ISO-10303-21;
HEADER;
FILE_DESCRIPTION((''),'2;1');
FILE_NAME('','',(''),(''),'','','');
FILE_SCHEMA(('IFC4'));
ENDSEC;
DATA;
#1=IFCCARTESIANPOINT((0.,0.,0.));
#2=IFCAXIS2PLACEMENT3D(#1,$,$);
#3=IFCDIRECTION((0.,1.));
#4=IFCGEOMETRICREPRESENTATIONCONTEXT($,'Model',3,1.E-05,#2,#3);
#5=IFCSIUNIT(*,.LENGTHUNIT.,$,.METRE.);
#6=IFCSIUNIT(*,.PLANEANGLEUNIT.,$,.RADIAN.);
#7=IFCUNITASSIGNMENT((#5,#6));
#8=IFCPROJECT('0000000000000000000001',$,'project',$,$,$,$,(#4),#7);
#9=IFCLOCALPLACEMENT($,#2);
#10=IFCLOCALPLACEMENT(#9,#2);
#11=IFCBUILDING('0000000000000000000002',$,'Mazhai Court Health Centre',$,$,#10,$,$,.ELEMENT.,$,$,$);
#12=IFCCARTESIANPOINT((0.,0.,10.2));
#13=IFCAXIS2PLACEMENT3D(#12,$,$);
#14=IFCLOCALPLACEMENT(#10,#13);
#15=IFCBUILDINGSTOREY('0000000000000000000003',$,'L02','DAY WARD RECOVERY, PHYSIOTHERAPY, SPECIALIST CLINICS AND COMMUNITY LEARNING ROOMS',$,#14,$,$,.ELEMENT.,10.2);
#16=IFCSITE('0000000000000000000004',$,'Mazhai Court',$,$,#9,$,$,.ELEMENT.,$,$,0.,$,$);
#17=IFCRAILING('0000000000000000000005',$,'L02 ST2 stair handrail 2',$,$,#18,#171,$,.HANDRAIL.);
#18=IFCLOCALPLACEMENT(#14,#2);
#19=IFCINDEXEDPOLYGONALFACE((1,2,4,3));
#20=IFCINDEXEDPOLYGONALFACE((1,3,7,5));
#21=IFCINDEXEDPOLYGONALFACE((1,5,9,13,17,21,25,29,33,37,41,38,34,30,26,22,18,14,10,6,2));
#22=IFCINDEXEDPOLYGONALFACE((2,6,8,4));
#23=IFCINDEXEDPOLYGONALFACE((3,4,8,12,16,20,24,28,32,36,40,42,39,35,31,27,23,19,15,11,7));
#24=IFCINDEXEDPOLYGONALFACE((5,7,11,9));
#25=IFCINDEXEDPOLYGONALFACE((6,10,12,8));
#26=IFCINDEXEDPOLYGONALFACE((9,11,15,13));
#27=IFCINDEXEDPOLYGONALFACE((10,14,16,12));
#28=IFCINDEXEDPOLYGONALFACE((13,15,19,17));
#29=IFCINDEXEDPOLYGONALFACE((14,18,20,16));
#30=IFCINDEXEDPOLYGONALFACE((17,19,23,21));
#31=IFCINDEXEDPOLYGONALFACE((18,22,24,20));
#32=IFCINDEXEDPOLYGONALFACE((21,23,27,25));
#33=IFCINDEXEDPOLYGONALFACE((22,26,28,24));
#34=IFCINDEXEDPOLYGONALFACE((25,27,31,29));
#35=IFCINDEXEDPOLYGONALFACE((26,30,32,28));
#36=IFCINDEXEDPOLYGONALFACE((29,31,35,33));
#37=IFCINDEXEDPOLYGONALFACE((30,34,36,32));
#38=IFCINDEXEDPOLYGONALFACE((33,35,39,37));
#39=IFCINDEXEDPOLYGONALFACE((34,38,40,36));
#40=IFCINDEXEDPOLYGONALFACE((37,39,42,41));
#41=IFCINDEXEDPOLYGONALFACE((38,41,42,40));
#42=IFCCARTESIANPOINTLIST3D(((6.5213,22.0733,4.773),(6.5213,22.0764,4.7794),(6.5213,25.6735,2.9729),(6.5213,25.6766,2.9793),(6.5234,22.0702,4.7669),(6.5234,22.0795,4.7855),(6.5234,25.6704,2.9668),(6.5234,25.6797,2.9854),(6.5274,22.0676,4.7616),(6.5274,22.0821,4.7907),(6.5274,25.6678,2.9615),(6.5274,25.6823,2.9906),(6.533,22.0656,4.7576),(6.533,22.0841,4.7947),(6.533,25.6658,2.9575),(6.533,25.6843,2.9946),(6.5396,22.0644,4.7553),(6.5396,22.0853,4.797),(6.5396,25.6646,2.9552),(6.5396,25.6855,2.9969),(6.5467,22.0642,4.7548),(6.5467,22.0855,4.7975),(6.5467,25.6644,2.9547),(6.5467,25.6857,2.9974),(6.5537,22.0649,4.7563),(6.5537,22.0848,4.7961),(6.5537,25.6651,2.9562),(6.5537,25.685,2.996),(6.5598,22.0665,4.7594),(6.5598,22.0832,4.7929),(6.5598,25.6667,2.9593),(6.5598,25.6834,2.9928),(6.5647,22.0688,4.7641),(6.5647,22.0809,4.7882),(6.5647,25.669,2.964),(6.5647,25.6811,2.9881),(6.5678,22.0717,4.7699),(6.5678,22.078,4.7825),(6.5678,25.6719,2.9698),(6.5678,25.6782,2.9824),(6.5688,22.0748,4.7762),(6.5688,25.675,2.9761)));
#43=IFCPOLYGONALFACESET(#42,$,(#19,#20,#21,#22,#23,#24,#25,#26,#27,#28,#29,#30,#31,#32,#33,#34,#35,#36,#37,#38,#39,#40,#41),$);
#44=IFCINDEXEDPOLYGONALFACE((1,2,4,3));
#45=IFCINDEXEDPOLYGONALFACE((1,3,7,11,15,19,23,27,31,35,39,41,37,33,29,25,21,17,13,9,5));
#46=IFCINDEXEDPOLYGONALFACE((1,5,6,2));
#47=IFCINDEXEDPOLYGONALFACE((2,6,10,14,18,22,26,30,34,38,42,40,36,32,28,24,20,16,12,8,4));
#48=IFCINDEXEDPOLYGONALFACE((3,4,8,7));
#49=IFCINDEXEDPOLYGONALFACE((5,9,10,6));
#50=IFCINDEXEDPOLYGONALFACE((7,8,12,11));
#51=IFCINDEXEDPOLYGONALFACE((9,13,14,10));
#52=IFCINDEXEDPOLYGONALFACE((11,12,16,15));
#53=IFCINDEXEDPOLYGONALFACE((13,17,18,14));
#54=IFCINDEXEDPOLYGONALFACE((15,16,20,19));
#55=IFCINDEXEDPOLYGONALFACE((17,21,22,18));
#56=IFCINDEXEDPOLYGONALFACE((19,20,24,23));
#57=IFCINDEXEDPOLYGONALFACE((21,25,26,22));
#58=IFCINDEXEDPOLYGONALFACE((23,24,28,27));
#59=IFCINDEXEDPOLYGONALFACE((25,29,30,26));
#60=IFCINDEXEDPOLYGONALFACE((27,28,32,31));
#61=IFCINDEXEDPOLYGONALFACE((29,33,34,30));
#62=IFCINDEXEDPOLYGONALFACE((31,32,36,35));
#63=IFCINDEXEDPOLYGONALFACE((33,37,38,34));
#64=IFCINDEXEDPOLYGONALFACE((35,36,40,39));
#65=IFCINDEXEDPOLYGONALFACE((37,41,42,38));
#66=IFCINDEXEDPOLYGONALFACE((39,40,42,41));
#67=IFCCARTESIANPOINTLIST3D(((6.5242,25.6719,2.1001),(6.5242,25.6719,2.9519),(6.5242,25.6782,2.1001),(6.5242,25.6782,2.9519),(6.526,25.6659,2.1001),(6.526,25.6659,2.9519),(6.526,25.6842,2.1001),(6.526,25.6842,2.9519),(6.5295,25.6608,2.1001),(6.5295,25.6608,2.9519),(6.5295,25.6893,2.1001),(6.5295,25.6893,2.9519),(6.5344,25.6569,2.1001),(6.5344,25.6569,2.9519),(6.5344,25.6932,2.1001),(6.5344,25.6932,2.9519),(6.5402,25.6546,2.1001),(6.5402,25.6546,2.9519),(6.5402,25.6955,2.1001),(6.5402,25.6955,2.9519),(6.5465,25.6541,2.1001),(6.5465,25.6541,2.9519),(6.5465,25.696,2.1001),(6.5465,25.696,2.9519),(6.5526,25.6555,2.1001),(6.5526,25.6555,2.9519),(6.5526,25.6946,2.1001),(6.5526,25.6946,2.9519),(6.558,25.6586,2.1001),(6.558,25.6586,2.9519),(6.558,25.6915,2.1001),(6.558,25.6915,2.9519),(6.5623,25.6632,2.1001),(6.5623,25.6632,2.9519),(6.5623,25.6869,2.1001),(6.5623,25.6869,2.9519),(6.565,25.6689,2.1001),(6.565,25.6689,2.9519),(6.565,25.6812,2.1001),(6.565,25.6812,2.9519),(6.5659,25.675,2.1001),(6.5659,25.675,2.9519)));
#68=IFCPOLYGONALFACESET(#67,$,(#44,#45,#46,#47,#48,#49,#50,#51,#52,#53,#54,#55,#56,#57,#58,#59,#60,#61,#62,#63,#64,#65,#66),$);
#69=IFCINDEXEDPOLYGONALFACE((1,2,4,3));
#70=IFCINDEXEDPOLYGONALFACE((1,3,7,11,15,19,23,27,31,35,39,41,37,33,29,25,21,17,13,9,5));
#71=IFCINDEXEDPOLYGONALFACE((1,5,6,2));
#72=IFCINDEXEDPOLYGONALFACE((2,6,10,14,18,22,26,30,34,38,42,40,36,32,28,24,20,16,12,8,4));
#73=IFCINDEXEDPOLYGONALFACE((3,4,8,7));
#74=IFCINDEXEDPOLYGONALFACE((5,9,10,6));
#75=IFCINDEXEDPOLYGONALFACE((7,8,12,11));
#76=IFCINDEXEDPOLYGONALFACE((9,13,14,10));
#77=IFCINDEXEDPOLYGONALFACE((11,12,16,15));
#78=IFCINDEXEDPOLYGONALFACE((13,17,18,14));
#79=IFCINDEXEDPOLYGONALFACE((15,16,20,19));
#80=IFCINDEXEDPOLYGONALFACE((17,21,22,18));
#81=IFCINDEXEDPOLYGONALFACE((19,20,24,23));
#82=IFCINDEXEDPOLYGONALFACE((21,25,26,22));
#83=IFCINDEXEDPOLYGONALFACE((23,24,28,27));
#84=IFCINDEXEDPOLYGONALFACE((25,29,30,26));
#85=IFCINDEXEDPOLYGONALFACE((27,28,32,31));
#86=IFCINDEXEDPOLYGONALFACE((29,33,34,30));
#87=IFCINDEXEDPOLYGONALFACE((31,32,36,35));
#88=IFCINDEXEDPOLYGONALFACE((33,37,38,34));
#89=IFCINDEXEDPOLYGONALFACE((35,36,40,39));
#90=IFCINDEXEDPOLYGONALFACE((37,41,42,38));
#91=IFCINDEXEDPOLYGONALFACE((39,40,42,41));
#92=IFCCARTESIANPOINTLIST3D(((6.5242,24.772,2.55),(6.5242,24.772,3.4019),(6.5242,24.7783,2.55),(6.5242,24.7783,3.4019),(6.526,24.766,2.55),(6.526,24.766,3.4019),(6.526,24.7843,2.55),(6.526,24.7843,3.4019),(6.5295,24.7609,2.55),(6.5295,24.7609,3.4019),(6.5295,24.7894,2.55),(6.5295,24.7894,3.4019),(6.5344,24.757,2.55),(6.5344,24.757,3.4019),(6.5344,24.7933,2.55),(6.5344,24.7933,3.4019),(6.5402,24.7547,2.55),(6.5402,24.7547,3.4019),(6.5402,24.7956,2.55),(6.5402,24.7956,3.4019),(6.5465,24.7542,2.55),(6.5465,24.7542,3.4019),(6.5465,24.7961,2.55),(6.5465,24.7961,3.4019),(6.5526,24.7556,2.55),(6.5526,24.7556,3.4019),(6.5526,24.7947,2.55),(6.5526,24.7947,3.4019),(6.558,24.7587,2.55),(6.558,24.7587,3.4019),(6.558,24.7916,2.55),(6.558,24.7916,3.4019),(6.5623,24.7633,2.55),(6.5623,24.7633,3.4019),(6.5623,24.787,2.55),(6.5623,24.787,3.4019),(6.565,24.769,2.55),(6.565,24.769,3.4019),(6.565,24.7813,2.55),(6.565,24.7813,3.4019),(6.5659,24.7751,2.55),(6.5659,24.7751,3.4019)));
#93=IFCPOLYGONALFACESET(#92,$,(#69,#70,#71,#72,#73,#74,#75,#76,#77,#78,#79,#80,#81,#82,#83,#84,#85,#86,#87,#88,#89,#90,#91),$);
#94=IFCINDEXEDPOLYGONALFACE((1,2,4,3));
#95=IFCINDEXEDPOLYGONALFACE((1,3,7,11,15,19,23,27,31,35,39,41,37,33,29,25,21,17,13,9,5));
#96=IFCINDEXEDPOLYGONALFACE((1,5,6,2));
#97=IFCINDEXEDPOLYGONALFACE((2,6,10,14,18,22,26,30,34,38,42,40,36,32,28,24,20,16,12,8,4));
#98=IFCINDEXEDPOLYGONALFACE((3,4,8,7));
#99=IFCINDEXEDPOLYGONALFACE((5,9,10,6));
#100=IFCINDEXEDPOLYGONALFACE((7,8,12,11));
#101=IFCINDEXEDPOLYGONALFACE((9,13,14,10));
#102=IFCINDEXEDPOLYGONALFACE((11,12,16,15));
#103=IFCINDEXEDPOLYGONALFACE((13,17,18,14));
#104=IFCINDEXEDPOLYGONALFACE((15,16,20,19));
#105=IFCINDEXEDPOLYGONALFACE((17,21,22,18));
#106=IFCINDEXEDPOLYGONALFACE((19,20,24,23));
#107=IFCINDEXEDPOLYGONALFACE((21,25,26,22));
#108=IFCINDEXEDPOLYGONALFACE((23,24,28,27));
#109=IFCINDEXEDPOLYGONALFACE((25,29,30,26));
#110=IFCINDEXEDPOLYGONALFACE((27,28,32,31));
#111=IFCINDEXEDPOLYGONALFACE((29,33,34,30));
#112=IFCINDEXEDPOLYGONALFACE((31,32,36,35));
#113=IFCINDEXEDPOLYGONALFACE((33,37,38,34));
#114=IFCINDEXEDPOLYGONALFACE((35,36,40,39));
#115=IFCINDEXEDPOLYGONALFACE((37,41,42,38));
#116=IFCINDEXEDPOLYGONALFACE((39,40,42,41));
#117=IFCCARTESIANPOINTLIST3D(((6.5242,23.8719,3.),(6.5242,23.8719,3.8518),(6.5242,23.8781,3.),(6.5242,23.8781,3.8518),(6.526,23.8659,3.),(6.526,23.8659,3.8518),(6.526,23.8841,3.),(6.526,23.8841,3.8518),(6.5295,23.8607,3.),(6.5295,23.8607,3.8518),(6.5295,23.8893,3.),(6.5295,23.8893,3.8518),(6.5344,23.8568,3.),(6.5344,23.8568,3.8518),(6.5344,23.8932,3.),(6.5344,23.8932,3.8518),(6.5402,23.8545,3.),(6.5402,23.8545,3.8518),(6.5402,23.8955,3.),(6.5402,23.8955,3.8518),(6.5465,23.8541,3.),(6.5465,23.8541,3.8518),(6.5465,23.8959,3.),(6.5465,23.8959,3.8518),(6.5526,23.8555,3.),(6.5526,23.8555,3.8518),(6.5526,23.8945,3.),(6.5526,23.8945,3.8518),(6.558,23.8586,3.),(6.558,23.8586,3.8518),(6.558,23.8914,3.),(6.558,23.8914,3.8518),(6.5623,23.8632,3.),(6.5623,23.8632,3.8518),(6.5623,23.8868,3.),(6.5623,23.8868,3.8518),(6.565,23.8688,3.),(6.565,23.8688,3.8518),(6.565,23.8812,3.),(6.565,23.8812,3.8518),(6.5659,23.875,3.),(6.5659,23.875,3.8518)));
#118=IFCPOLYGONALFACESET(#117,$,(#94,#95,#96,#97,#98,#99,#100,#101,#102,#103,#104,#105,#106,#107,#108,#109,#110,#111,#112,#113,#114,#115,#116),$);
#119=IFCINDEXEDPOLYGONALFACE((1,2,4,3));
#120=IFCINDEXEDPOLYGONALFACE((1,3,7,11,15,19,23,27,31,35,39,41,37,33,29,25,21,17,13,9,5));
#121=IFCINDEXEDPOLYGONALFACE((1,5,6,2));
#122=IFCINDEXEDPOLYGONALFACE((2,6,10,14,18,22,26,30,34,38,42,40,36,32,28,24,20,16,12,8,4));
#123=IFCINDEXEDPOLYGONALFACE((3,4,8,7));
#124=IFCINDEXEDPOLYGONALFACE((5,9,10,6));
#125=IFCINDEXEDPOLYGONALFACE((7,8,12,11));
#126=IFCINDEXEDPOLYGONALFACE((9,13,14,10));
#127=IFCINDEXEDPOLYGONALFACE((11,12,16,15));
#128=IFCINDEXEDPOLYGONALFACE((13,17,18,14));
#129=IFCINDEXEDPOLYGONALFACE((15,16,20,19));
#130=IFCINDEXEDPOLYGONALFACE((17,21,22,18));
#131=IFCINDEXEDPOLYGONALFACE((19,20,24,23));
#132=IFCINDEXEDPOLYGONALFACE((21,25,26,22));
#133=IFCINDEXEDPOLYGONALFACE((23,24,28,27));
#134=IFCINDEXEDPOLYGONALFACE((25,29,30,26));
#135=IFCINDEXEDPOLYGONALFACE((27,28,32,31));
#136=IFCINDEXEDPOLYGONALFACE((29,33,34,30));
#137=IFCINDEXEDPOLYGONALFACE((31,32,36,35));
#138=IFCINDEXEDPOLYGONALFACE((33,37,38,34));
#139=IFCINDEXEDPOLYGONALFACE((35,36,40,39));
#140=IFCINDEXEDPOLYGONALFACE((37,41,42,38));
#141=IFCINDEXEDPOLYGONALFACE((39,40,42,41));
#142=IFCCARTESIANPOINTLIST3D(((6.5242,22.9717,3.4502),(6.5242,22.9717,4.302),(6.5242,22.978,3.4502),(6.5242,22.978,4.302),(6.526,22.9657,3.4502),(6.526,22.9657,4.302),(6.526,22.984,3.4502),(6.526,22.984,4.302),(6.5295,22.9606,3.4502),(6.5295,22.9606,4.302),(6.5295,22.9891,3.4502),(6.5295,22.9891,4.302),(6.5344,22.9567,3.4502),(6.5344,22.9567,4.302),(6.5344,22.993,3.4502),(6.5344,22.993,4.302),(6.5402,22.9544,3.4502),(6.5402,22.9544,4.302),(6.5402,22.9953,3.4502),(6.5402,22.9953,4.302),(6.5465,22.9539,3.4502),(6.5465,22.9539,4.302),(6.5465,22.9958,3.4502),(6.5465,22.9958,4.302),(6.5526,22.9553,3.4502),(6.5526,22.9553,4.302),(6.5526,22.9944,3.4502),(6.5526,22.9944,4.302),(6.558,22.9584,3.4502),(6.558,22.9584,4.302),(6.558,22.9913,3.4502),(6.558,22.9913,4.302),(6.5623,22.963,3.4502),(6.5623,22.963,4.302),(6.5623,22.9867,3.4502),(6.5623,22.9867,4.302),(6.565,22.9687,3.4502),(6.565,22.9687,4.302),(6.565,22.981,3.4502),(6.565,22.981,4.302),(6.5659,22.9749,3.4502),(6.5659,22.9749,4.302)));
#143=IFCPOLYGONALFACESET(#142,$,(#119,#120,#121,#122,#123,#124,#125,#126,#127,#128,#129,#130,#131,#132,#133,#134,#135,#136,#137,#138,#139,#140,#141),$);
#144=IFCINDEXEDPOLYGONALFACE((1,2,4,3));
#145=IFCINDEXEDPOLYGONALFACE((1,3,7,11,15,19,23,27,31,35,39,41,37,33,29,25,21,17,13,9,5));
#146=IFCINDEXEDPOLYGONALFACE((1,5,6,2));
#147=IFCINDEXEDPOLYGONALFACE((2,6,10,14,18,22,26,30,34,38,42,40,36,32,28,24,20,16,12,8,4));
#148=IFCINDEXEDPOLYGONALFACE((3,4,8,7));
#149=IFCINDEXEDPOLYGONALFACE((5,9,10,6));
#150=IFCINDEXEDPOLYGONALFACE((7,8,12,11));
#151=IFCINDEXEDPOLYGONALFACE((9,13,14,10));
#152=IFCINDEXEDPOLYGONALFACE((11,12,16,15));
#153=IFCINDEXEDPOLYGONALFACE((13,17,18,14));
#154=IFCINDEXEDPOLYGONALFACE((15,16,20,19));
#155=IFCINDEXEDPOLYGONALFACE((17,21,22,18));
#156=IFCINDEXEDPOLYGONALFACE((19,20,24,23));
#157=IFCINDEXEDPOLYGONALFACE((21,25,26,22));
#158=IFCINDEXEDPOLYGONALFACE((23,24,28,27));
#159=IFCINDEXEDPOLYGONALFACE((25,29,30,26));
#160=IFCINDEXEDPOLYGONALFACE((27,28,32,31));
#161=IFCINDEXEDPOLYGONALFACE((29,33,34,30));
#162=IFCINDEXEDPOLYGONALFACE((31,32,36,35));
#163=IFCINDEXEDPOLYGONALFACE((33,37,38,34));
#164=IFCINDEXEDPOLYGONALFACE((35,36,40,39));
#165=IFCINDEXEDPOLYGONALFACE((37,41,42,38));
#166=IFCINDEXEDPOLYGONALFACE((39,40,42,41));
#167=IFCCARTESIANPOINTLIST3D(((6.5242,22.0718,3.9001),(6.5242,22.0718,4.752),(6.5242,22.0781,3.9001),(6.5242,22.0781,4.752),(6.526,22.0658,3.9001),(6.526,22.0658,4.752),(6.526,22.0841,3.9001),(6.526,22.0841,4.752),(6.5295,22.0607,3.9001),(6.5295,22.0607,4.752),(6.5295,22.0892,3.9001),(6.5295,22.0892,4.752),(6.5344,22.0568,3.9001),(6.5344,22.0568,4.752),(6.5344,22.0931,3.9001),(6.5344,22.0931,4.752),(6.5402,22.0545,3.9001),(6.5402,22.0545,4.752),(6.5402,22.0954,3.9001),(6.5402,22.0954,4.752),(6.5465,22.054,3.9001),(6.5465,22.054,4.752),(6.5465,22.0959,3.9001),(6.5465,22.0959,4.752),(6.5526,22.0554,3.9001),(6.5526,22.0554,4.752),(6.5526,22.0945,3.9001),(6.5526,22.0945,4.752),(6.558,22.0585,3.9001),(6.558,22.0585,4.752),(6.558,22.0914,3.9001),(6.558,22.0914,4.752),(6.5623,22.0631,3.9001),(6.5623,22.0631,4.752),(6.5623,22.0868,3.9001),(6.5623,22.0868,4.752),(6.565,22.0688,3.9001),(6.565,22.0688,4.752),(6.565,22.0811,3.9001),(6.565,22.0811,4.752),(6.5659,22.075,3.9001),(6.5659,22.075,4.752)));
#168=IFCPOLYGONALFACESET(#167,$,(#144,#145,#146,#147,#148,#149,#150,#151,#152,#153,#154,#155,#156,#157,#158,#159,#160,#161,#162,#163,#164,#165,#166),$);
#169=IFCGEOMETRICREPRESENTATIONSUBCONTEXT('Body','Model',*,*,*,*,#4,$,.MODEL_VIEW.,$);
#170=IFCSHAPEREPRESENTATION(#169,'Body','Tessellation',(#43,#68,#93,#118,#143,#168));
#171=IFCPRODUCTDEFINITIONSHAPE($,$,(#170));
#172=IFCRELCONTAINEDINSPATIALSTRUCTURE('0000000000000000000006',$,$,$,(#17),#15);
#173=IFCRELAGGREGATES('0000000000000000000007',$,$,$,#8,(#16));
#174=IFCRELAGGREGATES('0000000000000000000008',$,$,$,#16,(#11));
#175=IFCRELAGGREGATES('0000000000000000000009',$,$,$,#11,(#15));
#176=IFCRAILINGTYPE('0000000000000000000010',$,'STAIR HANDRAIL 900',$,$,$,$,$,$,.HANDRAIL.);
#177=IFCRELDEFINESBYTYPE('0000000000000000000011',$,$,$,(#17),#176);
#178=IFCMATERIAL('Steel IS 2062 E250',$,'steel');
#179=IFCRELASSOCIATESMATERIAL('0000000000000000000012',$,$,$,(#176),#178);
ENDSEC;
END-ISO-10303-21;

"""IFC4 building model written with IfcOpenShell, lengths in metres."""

from ifc_helpers import new_model, si_unit, direction, frame, origin, origin_2d, place, context, subcontext, project, spatial, circle, extrude, material, type_object, element, save


model = new_model("IFC4")

# Units and contexts
model_context = context("Model", 3, precision=1e-05, world=origin(), true_north=direction((0.0, 1.0)))
body_context = subcontext(model_context, "Body", "Model", "MODEL_VIEW")
ifc_project = project(units=[si_unit("LENGTHUNIT", "METRE"), si_unit("PLANEANGLEUNIT", "RADIAN")], contexts=[model_context])

# Site, building, storey
site_placement = place(None, origin())
site = spatial("IfcSite", under=ifc_project, at=site_placement, Name="Mazhai Court", CompositionType="ELEMENT", RefElevation=0.0)
building_placement = place(site_placement, origin())
building = spatial("IfcBuilding", under=site, at=building_placement, Name="Mazhai Court Health Centre", CompositionType="ELEMENT")
storey_placement = place(building_placement, frame((0.0, 0.0, 10.2)))
storey = spatial("IfcBuildingStorey", under=building, at=storey_placement, Name="L02", Description="DAY WARD RECOVERY, PHYSIOTHERAPY, SPECIALIST CLINICS AND COMMUNITY LEARNING ROOMS", CompositionType="ELEMENT", Elevation=10.2)

# Railing
ifc_material_1 = material(Name="Steel IS 2062 E250", Category="steel")
railing_type_1 = type_object("IfcRailingType", Name="STAIR HANDRAIL 900", PredefinedType="HANDRAIL", material=ifc_material_1)
railing_1_placement = place(storey_placement, frame((6.5449, 25.675, 2.1001)))
element("IfcRailing", 1, at=railing_1_placement, inside=storey, type_object=railing_type_1, Name="L02 ST2 stair handrail 2", PredefinedType="HANDRAIL", context=body_context, shape_type="SweptSolid", body=[
    extrude(circle(Radius=0.0239, at=origin_2d()), frame((0.0, 0.0, 0.876), z_axis=(0.0, -0.894427, 0.447214), x_axis=(1.0, 0.0, 0.0)), (0.0, 0.0, 1.0), 4.0251),
    extrude(circle(Radius=0.021, at=origin_2d()), origin(), (0.0, 0.0, 1.0), 0.8518),
    extrude(circle(Radius=0.021, at=origin_2d()), frame((0.0, -0.8999, 0.45)), (0.0, 0.0, 1.0), 0.8518),
    extrude(circle(Radius=0.021, at=origin_2d()), frame((0.0, -1.8, 0.8999)), (0.0, 0.0, 1.0), 0.8518),
    extrude(circle(Radius=0.021, at=origin_2d()), frame((0.0, -2.7002, 1.3501)), (0.0, 0.0, 1.0), 0.8518),
    extrude(circle(Radius=0.021, at=origin_2d()), frame((0.0, -3.6001, 1.8)), (0.0, 0.0, 1.0), 0.8518),
])

save(model, "model.ifc")
